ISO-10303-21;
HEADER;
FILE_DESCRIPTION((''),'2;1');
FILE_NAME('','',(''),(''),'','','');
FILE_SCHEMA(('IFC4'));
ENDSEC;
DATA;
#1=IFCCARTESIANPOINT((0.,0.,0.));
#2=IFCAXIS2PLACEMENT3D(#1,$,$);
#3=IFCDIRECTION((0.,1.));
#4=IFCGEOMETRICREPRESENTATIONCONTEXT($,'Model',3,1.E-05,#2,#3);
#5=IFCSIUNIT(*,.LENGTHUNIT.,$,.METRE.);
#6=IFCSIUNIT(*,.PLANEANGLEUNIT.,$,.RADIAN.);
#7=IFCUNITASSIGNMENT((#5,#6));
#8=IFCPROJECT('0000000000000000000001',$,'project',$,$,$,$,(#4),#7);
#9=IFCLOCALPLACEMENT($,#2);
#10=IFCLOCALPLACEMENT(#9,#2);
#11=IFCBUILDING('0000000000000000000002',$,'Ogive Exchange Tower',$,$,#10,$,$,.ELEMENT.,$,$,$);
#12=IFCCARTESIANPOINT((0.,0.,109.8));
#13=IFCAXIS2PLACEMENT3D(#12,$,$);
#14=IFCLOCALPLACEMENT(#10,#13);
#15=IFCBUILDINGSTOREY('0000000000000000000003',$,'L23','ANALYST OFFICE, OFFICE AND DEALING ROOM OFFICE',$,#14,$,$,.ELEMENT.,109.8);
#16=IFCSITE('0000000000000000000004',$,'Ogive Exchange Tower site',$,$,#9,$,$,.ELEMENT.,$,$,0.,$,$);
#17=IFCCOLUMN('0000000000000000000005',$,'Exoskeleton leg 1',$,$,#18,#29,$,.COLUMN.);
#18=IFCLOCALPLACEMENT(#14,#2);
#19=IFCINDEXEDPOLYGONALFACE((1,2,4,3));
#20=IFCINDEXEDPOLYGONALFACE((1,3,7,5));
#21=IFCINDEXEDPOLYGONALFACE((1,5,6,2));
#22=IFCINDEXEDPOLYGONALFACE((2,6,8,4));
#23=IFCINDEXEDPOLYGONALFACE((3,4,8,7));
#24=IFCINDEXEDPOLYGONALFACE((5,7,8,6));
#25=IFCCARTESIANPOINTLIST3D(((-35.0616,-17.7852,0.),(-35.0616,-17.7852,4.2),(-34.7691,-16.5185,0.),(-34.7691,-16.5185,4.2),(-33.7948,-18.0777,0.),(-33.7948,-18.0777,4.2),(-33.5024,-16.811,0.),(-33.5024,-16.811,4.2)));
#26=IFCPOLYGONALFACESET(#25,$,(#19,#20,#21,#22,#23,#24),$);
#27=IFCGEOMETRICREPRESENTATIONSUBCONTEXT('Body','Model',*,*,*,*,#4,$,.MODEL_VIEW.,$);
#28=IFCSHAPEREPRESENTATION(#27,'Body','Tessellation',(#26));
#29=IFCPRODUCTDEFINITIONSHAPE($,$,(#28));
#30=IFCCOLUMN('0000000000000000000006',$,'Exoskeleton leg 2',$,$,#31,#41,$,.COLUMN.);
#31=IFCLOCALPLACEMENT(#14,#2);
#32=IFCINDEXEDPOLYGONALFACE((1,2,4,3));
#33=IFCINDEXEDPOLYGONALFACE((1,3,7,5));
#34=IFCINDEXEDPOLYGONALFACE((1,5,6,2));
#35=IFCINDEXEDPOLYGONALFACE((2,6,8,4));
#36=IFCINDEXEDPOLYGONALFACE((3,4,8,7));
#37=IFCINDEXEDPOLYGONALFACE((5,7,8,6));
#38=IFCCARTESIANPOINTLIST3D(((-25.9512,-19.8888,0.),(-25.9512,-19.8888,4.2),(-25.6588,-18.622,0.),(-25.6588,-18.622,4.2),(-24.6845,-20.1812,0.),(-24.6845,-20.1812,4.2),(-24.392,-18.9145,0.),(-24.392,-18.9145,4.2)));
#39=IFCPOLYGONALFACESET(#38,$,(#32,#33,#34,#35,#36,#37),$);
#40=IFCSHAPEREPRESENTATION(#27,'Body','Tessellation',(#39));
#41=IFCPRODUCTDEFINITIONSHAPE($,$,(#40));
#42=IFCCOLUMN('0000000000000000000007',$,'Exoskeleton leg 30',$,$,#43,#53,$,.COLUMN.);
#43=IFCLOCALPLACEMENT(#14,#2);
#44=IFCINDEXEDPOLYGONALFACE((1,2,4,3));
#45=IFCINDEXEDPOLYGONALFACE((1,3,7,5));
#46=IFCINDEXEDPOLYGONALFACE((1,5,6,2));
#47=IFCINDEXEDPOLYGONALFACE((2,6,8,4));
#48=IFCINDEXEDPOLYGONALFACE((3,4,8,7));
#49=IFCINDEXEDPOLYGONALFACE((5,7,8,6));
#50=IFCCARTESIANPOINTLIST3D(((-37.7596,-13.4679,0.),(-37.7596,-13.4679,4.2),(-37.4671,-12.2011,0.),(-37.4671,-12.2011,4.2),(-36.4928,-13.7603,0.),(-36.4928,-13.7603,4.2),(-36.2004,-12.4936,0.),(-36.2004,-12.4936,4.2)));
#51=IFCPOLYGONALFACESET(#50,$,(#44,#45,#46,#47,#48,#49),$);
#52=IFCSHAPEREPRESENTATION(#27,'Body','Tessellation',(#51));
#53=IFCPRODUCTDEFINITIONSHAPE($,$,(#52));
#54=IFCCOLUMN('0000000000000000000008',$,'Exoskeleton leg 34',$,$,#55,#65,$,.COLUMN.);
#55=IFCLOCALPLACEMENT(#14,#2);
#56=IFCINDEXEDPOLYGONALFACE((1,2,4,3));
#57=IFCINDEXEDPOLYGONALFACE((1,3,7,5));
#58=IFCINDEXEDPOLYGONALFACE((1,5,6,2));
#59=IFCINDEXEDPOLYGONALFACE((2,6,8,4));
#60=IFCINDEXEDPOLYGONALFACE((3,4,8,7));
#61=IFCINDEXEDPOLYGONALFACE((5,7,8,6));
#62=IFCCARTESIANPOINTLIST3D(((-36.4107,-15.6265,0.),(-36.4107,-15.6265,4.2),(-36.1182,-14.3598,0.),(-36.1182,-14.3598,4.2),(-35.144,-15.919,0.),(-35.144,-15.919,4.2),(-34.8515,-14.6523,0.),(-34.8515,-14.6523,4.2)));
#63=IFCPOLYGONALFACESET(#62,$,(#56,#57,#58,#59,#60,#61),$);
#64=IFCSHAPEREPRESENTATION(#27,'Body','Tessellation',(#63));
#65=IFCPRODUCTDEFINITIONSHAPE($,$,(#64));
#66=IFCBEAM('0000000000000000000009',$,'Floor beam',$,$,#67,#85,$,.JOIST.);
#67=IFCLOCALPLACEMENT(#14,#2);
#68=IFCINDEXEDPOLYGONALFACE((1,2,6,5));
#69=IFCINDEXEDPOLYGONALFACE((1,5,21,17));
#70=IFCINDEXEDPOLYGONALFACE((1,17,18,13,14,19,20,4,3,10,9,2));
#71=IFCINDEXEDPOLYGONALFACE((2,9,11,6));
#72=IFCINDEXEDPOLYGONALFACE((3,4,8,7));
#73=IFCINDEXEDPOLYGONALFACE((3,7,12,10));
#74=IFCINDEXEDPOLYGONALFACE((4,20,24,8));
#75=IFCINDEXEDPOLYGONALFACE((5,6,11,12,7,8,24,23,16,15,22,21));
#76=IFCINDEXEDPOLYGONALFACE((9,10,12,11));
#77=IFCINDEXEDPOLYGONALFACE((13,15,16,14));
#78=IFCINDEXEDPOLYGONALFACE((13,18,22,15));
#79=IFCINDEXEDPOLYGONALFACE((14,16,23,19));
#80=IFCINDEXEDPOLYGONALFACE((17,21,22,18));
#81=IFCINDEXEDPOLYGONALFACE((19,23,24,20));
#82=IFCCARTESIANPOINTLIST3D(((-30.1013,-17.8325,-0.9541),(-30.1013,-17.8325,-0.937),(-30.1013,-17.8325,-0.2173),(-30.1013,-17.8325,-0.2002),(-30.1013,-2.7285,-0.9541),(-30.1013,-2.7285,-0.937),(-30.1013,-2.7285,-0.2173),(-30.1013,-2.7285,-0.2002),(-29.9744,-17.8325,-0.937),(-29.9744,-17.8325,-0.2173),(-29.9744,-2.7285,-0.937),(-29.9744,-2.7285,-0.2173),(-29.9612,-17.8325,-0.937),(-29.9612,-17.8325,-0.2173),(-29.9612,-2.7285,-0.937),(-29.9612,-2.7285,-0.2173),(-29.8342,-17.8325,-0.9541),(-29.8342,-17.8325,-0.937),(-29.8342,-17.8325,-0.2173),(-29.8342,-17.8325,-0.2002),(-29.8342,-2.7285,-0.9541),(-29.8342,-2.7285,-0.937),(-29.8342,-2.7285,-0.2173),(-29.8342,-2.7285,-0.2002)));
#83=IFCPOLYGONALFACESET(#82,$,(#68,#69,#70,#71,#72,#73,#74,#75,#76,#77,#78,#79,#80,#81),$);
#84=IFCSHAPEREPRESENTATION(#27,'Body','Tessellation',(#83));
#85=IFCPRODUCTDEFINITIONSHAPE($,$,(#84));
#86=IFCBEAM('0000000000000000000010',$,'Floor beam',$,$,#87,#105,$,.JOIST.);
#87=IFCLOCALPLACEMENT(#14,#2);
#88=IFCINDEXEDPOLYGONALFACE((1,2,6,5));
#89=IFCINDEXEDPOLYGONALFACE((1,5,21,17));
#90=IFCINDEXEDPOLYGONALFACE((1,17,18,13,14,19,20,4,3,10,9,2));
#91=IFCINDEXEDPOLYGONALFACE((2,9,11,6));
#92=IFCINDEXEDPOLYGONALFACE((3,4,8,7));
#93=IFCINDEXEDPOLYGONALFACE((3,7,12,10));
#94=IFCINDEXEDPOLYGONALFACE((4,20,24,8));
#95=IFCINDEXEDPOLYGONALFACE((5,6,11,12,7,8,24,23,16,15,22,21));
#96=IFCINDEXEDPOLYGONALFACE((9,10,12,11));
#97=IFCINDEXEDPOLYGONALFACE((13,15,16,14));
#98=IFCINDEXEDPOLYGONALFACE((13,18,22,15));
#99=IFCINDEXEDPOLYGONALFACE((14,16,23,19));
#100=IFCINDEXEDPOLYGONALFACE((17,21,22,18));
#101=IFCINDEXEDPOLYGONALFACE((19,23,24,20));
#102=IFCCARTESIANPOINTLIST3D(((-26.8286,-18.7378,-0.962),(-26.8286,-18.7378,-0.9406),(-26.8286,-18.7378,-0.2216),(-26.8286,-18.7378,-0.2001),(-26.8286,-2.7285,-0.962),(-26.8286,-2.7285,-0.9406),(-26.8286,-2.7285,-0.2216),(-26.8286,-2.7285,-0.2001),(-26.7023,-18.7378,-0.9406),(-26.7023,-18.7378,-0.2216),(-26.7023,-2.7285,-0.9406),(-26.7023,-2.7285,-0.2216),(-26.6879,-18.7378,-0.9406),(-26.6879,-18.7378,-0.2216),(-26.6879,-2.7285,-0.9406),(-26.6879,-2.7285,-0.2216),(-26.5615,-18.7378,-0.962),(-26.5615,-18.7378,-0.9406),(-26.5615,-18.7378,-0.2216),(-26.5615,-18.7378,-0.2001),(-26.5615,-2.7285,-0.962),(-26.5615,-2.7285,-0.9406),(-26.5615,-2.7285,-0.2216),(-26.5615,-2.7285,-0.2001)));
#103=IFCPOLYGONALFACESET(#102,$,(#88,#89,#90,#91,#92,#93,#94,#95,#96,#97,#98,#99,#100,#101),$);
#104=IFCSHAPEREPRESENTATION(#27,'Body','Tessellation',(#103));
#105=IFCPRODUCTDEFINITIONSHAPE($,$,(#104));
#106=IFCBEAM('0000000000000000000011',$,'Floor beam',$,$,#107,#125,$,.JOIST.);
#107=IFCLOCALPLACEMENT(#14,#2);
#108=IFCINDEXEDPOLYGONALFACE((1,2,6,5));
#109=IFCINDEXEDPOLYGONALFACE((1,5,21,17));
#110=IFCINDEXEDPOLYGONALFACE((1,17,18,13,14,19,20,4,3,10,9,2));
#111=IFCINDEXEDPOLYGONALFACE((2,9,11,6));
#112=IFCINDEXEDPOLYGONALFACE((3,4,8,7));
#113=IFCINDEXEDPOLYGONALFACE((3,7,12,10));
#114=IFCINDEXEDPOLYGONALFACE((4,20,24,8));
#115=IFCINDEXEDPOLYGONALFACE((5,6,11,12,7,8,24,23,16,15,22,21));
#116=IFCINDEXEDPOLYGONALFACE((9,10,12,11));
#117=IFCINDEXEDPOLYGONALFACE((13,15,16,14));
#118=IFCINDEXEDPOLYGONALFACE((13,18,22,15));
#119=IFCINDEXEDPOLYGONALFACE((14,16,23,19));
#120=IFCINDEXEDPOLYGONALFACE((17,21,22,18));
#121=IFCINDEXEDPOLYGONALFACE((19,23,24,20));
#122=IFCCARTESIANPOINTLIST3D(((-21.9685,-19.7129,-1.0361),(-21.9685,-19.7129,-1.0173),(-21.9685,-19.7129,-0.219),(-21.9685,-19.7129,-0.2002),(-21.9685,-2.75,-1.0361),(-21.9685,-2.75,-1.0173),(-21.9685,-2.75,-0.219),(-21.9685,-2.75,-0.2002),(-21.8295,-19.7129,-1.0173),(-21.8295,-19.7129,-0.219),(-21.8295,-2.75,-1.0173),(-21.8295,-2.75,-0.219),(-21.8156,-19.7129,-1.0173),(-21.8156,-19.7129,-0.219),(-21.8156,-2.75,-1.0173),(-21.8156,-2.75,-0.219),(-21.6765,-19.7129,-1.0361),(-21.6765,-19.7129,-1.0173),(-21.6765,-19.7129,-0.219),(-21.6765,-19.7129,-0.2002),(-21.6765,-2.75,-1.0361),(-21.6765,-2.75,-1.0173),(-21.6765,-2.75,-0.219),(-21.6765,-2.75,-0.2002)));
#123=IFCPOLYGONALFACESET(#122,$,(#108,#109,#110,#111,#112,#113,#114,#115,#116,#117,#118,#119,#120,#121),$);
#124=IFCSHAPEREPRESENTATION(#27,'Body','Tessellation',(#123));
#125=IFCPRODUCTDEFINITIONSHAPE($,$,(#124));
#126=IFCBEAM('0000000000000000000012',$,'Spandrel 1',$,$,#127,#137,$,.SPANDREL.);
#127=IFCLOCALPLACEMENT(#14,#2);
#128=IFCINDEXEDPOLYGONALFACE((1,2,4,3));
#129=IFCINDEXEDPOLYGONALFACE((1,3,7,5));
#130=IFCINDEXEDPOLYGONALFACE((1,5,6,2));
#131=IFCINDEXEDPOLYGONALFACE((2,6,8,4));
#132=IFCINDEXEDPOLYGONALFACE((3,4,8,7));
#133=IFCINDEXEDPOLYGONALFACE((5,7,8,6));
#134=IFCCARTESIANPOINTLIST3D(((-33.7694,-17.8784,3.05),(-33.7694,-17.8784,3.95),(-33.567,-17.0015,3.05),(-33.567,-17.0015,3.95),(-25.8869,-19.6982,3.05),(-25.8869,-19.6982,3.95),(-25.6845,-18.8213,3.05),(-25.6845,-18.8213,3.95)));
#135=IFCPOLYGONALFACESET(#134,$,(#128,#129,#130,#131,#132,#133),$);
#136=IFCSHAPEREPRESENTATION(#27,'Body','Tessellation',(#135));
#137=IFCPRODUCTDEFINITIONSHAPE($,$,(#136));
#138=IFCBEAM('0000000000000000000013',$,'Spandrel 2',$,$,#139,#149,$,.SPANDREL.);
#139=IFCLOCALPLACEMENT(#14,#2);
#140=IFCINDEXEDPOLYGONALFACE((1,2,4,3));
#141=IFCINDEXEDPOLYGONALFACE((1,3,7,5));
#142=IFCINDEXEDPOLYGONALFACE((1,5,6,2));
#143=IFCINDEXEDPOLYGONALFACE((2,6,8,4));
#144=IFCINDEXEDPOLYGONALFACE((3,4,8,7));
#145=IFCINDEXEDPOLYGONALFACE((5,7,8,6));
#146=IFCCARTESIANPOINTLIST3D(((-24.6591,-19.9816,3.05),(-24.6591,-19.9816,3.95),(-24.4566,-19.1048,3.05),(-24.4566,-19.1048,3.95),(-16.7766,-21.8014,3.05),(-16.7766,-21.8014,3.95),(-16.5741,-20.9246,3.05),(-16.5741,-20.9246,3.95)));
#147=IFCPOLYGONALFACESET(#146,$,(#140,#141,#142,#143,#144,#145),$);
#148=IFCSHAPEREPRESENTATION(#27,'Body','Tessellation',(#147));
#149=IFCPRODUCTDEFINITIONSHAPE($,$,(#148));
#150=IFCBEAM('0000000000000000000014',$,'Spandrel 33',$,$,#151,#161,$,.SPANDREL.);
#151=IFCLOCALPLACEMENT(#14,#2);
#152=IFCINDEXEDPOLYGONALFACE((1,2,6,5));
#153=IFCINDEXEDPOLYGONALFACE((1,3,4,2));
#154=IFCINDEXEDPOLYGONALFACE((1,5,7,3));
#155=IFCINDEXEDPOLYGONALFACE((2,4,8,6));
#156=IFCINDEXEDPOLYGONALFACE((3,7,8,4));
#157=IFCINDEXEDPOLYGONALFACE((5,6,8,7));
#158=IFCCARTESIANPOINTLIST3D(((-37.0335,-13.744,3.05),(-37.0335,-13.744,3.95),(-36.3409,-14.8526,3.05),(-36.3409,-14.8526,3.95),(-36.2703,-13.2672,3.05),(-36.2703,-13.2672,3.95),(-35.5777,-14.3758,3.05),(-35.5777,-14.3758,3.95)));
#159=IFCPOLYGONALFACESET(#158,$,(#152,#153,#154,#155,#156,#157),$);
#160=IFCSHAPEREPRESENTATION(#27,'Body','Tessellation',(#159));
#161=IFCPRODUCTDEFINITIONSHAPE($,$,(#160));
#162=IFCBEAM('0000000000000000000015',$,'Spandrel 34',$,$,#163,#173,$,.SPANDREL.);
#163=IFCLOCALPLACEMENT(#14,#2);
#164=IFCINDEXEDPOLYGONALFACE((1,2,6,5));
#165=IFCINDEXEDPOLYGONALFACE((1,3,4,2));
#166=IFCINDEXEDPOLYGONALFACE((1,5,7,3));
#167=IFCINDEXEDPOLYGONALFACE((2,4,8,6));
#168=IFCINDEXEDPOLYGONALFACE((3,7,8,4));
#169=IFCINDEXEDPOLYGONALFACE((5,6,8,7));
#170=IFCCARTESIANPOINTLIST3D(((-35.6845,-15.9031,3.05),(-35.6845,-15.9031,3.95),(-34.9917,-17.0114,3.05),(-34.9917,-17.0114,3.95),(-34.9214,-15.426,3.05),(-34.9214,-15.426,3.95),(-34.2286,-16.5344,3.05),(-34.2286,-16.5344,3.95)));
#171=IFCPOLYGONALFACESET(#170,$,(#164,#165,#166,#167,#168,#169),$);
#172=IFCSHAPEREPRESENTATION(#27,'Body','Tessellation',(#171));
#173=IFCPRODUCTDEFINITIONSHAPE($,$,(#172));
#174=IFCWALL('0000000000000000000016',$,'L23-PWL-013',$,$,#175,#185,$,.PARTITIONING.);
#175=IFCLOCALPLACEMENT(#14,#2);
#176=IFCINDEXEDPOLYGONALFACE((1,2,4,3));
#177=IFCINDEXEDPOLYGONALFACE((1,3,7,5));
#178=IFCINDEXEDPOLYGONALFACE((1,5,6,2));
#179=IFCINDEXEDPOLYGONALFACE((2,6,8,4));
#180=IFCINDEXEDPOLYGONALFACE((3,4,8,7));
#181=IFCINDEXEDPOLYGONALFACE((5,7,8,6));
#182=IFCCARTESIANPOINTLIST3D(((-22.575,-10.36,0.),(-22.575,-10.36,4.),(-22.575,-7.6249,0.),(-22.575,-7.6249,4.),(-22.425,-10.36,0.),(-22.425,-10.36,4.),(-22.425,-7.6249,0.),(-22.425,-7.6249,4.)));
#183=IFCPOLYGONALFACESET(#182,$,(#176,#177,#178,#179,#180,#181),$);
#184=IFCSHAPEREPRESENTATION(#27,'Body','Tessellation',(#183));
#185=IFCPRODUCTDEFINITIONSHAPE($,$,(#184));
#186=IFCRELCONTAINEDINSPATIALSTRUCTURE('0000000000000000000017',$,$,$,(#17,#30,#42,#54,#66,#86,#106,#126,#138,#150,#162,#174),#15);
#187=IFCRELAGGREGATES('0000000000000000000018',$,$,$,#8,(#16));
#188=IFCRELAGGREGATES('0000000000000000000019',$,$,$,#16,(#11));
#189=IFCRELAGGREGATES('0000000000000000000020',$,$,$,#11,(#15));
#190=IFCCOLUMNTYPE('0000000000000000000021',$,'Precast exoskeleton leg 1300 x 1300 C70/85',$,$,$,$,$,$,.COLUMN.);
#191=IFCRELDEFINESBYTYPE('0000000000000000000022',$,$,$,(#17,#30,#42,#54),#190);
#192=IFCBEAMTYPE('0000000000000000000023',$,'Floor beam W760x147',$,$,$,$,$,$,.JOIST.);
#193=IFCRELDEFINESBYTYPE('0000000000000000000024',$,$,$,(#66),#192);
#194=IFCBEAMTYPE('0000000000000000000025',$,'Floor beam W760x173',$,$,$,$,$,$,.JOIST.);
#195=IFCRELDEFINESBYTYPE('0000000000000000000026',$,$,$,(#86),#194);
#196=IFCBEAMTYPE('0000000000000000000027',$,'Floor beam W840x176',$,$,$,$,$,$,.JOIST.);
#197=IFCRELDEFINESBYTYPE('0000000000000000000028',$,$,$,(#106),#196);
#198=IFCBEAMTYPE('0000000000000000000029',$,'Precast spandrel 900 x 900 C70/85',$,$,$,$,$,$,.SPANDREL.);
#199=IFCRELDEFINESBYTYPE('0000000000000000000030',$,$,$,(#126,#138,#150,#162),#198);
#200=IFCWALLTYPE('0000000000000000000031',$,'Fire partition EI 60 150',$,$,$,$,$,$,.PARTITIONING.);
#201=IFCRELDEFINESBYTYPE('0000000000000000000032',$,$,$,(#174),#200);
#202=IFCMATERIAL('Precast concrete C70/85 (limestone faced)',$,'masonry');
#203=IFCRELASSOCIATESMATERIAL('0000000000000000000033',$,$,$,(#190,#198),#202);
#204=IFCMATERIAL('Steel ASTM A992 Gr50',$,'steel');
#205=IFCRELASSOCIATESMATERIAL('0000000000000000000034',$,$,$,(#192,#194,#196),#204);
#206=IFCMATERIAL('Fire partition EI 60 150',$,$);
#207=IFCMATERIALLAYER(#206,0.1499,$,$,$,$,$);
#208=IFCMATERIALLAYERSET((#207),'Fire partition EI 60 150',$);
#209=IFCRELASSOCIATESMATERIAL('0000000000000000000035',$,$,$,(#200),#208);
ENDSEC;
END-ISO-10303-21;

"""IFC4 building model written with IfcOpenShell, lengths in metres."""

from ifc_helpers import new_model, si_unit, direction, frame, frame_2d, origin, origin_2d, place, context, subcontext, project, spatial, rectangle, i_section, extrude, material, layer, layer_set, material_profile, profile_set, type_object, element, save


model = new_model("IFC4")

# Units and contexts
model_context = context("Model", 3, precision=1e-05, world=origin(), true_north=direction((0.0, 1.0)))
body_context = subcontext(model_context, "Body", "Model", "MODEL_VIEW")
ifc_project = project(units=[si_unit("LENGTHUNIT", "METRE"), si_unit("PLANEANGLEUNIT", "RADIAN")], contexts=[model_context])

# Site, building, storey
site_placement = place(None, origin())
site = spatial("IfcSite", under=ifc_project, at=site_placement, Name="Ogive Exchange Tower site", CompositionType="ELEMENT", RefElevation=0.0)
building_placement = place(site_placement, origin())
building = spatial("IfcBuilding", under=site, at=building_placement, Name="Ogive Exchange Tower", CompositionType="ELEMENT")
storey_placement = place(building_placement, frame((0.0, 0.0, 109.8)))
storey = spatial("IfcBuildingStorey", under=building, at=storey_placement, Name="L23", Description="ANALYST OFFICE, OFFICE AND DEALING ROOM OFFICE", CompositionType="ELEMENT", Elevation=109.8)

# Columns
ifc_material_1 = material(Name="Precast concrete C70/85 (limestone faced)", Category="masonry")
ifc_material_profile_1 = material_profile(ifc_material_1, rectangle(XDim=1.3, YDim=1.3, at=origin_2d()), Name="1300 x 1300")
ifc_profile_set_1 = profile_set([ifc_material_profile_1], Name="Precast concrete C70/85 (limestone faced)")
column_type = type_object("IfcColumnType", Name="Precast exoskeleton leg 1300 x 1300 C70/85", PredefinedType="COLUMN", material=ifc_profile_set_1)
for number, where, z_axis, x_axis, name in (
    (1, (-34.282, -17.2981, 0.0), (0.0, 0.0, 1.0), (0.97437, -0.224951, 0.0), "Exoskeleton leg 1"),
    (2, (-25.1716, -19.4016, 0.0), (0.0, 0.0, 1.0), (0.97437, -0.224951, 0.0), "Exoskeleton leg 2"),
    (3, (-36.98, -12.9807, 0.0), (0.0, 0.0, 1.0), (0.97437, -0.224951, 0.0), "Exoskeleton leg 30"),
    (4, (-35.6311, -15.1394, 0.0), (0.0, 0.0, 1.0), (0.97437, -0.224951, 0.0), "Exoskeleton leg 34"),
):
    element("IfcColumn", number, at=place(storey_placement, frame(where, z_axis=z_axis, x_axis=x_axis)), inside=storey, type_object=column_type, Name=name, PredefinedType="COLUMN", context=body_context, shape_type="SweptSolid", body=[
        extrude(rectangle(XDim=1.3, YDim=1.3, at=origin_2d()), origin(), (0.0, 0.0, 1.0), 4.2),
    ])

# Beams
ifc_material_2 = material(Name="Steel ASTM A992 Gr50", Category="steel")
ifc_material_profile_2 = material_profile(ifc_material_2, i_section(OverallWidth=0.2671, OverallDepth=0.7539, WebThickness=0.0132, FlangeThickness=0.0171, at=origin_2d()), Name="W760x147")
ifc_profile_set_2 = profile_set([ifc_material_profile_2], Name="Steel ASTM A992 Gr50")
beam_type_1 = type_object("IfcBeamType", Name="Floor beam W760x147", PredefinedType="JOIST", material=ifc_profile_set_2)
beam_1_placement = place(storey_placement, frame((-29.9678, -17.8325, -0.5771), z_axis=(0.0, 1.0, 0.0), x_axis=(-1.0, 0.0, 0.0)))
element("IfcBeam", 5, at=beam_1_placement, inside=storey, type_object=beam_type_1, Name="Floor beam", PredefinedType="JOIST", context=body_context, shape_type="SweptSolid", body=[
    extrude(i_section(OverallWidth=0.2671, OverallDepth=0.7539, WebThickness=0.0132, FlangeThickness=0.0171, at=origin_2d()), origin(), (0.0, 0.0, 1.0), 15.104),
])
ifc_material_profile_3 = material_profile(ifc_material_2, i_section(OverallWidth=0.2671, OverallDepth=0.762, WebThickness=0.0144, FlangeThickness=0.0215, at=origin_2d()), Name="W760x173")
ifc_profile_set_3 = profile_set([ifc_material_profile_3], Name="Steel ASTM A992 Gr50")
beam_type_2 = type_object("IfcBeamType", Name="Floor beam W760x173", PredefinedType="JOIST", material=ifc_profile_set_3)
beam_2_placement = place(storey_placement, frame((-26.6951, -18.7378, -0.5811), z_axis=(0.0, 1.0, 0.0), x_axis=(-1.0, 0.0, 0.0)))
element("IfcBeam", 6, at=beam_2_placement, inside=storey, type_object=beam_type_2, Name="Floor beam", PredefinedType="JOIST", context=body_context, shape_type="SweptSolid", body=[
    extrude(i_section(OverallWidth=0.2671, OverallDepth=0.762, WebThickness=0.0144, FlangeThickness=0.0215, at=origin_2d()), origin(), (0.0, 0.0, 1.0), 16.0093),
])
ifc_material_profile_4 = material_profile(ifc_material_2, i_section(OverallWidth=0.292, OverallDepth=0.8359, WebThickness=0.0139, FlangeThickness=0.0188, at=origin_2d()), Name="W840x176")
ifc_profile_set_4 = profile_set([ifc_material_profile_4], Name="Steel ASTM A992 Gr50")
beam_type_3 = type_object("IfcBeamType", Name="Floor beam W840x176", PredefinedType="JOIST", material=ifc_profile_set_4)
beam_3_placement = place(storey_placement, frame((-21.8225, -19.7129, -0.6182), z_axis=(0.0, 1.0, 0.0), x_axis=(-1.0, 0.0, 0.0)))
element("IfcBeam", 7, at=beam_3_placement, inside=storey, type_object=beam_type_3, Name="Floor beam", PredefinedType="JOIST", context=body_context, shape_type="SweptSolid", body=[
    extrude(i_section(OverallWidth=0.292, OverallDepth=0.8359, WebThickness=0.0139, FlangeThickness=0.0188, at=origin_2d()), origin(), (0.0, 0.0, 1.0), 16.9629),
])
ifc_material_profile_5 = material_profile(ifc_material_1, rectangle(XDim=0.8999, YDim=0.8999, at=origin_2d()), Name="900 x 900")
ifc_profile_set_5 = profile_set([ifc_material_profile_5], Name="Precast concrete C70/85 (limestone faced)")
beam_type_4 = type_object("IfcBeamType", Name="Precast spandrel 900 x 900 C70/85", PredefinedType="SPANDREL", material=ifc_profile_set_5)
for number, where, z_axis, x_axis, name in (
    (8, (-33.6682, -17.4399, 3.5), (0.97437, -0.22495, 0.0), (0.22495, 0.97437, 0.0), "Spandrel 1"),
    (9, (-24.5579, -19.5432, 3.5), (0.97437, -0.22495, 0.0), (0.22495, 0.97437, 0.0), "Spandrel 2"),
):
    element("IfcBeam", number, at=place(storey_placement, frame(where, z_axis=z_axis, x_axis=x_axis)), inside=storey, type_object=beam_type_4, Name=name, PredefinedType="SPANDREL", context=body_context, shape_type="SweptSolid", body=[
        extrude(rectangle(XDim=0.8999, YDim=0.8999, at=origin_2d()), origin(), (0.0, 0.0, 1.0), 8.0898),
    ])
for number, where, z_axis, x_axis, name in (
    (10, (-36.6519, -13.5056, 3.5), (0.529848, -0.848093, 0.0), (0.848093, 0.529848, 0.0), "Spandrel 33"),
    (11, (-35.303, -15.6646, 3.5), (0.530066, -0.847956, 0.0), (0.847956, 0.530066, 0.0), "Spandrel 34"),
):
    element("IfcBeam", number, at=place(storey_placement, frame(where, z_axis=z_axis, x_axis=x_axis)), inside=storey, type_object=beam_type_4, Name=name, PredefinedType="SPANDREL", context=body_context, shape_type="SweptSolid", body=[
        extrude(rectangle(XDim=0.8999, YDim=0.8999, at=origin_2d()), origin(), (0.0, 0.0, 1.0), 1.3071),
    ])

# Wall
ifc_material_3 = material(Name="Fire partition EI 60 150")
ifc_layer_1 = layer(ifc_material_3, 0.1499)
ifc_layer_set_1 = layer_set([ifc_layer_1], Name="Fire partition EI 60 150")
wall_type_1 = type_object("IfcWallType", Name="Fire partition EI 60 150", PredefinedType="PARTITIONING", material=ifc_layer_set_1)
wall_1_placement = place(storey_placement, frame((-22.5, -10.3601, 0.0), z_axis=(0.0, 0.0, 1.0), x_axis=(0.0, 1.0, 0.0)))
element("IfcWall", 12, at=wall_1_placement, inside=storey, type_object=wall_type_1, Name="L23-PWL-013", PredefinedType="PARTITIONING", context=body_context, shape_type="SweptSolid", body=[
    extrude(rectangle(XDim=2.7351, YDim=0.1499, at=frame_2d((1.3677, 0.0))), origin(), (0.0, 0.0, 1.0), 4.0),
])

save(model, "model.ifc")
